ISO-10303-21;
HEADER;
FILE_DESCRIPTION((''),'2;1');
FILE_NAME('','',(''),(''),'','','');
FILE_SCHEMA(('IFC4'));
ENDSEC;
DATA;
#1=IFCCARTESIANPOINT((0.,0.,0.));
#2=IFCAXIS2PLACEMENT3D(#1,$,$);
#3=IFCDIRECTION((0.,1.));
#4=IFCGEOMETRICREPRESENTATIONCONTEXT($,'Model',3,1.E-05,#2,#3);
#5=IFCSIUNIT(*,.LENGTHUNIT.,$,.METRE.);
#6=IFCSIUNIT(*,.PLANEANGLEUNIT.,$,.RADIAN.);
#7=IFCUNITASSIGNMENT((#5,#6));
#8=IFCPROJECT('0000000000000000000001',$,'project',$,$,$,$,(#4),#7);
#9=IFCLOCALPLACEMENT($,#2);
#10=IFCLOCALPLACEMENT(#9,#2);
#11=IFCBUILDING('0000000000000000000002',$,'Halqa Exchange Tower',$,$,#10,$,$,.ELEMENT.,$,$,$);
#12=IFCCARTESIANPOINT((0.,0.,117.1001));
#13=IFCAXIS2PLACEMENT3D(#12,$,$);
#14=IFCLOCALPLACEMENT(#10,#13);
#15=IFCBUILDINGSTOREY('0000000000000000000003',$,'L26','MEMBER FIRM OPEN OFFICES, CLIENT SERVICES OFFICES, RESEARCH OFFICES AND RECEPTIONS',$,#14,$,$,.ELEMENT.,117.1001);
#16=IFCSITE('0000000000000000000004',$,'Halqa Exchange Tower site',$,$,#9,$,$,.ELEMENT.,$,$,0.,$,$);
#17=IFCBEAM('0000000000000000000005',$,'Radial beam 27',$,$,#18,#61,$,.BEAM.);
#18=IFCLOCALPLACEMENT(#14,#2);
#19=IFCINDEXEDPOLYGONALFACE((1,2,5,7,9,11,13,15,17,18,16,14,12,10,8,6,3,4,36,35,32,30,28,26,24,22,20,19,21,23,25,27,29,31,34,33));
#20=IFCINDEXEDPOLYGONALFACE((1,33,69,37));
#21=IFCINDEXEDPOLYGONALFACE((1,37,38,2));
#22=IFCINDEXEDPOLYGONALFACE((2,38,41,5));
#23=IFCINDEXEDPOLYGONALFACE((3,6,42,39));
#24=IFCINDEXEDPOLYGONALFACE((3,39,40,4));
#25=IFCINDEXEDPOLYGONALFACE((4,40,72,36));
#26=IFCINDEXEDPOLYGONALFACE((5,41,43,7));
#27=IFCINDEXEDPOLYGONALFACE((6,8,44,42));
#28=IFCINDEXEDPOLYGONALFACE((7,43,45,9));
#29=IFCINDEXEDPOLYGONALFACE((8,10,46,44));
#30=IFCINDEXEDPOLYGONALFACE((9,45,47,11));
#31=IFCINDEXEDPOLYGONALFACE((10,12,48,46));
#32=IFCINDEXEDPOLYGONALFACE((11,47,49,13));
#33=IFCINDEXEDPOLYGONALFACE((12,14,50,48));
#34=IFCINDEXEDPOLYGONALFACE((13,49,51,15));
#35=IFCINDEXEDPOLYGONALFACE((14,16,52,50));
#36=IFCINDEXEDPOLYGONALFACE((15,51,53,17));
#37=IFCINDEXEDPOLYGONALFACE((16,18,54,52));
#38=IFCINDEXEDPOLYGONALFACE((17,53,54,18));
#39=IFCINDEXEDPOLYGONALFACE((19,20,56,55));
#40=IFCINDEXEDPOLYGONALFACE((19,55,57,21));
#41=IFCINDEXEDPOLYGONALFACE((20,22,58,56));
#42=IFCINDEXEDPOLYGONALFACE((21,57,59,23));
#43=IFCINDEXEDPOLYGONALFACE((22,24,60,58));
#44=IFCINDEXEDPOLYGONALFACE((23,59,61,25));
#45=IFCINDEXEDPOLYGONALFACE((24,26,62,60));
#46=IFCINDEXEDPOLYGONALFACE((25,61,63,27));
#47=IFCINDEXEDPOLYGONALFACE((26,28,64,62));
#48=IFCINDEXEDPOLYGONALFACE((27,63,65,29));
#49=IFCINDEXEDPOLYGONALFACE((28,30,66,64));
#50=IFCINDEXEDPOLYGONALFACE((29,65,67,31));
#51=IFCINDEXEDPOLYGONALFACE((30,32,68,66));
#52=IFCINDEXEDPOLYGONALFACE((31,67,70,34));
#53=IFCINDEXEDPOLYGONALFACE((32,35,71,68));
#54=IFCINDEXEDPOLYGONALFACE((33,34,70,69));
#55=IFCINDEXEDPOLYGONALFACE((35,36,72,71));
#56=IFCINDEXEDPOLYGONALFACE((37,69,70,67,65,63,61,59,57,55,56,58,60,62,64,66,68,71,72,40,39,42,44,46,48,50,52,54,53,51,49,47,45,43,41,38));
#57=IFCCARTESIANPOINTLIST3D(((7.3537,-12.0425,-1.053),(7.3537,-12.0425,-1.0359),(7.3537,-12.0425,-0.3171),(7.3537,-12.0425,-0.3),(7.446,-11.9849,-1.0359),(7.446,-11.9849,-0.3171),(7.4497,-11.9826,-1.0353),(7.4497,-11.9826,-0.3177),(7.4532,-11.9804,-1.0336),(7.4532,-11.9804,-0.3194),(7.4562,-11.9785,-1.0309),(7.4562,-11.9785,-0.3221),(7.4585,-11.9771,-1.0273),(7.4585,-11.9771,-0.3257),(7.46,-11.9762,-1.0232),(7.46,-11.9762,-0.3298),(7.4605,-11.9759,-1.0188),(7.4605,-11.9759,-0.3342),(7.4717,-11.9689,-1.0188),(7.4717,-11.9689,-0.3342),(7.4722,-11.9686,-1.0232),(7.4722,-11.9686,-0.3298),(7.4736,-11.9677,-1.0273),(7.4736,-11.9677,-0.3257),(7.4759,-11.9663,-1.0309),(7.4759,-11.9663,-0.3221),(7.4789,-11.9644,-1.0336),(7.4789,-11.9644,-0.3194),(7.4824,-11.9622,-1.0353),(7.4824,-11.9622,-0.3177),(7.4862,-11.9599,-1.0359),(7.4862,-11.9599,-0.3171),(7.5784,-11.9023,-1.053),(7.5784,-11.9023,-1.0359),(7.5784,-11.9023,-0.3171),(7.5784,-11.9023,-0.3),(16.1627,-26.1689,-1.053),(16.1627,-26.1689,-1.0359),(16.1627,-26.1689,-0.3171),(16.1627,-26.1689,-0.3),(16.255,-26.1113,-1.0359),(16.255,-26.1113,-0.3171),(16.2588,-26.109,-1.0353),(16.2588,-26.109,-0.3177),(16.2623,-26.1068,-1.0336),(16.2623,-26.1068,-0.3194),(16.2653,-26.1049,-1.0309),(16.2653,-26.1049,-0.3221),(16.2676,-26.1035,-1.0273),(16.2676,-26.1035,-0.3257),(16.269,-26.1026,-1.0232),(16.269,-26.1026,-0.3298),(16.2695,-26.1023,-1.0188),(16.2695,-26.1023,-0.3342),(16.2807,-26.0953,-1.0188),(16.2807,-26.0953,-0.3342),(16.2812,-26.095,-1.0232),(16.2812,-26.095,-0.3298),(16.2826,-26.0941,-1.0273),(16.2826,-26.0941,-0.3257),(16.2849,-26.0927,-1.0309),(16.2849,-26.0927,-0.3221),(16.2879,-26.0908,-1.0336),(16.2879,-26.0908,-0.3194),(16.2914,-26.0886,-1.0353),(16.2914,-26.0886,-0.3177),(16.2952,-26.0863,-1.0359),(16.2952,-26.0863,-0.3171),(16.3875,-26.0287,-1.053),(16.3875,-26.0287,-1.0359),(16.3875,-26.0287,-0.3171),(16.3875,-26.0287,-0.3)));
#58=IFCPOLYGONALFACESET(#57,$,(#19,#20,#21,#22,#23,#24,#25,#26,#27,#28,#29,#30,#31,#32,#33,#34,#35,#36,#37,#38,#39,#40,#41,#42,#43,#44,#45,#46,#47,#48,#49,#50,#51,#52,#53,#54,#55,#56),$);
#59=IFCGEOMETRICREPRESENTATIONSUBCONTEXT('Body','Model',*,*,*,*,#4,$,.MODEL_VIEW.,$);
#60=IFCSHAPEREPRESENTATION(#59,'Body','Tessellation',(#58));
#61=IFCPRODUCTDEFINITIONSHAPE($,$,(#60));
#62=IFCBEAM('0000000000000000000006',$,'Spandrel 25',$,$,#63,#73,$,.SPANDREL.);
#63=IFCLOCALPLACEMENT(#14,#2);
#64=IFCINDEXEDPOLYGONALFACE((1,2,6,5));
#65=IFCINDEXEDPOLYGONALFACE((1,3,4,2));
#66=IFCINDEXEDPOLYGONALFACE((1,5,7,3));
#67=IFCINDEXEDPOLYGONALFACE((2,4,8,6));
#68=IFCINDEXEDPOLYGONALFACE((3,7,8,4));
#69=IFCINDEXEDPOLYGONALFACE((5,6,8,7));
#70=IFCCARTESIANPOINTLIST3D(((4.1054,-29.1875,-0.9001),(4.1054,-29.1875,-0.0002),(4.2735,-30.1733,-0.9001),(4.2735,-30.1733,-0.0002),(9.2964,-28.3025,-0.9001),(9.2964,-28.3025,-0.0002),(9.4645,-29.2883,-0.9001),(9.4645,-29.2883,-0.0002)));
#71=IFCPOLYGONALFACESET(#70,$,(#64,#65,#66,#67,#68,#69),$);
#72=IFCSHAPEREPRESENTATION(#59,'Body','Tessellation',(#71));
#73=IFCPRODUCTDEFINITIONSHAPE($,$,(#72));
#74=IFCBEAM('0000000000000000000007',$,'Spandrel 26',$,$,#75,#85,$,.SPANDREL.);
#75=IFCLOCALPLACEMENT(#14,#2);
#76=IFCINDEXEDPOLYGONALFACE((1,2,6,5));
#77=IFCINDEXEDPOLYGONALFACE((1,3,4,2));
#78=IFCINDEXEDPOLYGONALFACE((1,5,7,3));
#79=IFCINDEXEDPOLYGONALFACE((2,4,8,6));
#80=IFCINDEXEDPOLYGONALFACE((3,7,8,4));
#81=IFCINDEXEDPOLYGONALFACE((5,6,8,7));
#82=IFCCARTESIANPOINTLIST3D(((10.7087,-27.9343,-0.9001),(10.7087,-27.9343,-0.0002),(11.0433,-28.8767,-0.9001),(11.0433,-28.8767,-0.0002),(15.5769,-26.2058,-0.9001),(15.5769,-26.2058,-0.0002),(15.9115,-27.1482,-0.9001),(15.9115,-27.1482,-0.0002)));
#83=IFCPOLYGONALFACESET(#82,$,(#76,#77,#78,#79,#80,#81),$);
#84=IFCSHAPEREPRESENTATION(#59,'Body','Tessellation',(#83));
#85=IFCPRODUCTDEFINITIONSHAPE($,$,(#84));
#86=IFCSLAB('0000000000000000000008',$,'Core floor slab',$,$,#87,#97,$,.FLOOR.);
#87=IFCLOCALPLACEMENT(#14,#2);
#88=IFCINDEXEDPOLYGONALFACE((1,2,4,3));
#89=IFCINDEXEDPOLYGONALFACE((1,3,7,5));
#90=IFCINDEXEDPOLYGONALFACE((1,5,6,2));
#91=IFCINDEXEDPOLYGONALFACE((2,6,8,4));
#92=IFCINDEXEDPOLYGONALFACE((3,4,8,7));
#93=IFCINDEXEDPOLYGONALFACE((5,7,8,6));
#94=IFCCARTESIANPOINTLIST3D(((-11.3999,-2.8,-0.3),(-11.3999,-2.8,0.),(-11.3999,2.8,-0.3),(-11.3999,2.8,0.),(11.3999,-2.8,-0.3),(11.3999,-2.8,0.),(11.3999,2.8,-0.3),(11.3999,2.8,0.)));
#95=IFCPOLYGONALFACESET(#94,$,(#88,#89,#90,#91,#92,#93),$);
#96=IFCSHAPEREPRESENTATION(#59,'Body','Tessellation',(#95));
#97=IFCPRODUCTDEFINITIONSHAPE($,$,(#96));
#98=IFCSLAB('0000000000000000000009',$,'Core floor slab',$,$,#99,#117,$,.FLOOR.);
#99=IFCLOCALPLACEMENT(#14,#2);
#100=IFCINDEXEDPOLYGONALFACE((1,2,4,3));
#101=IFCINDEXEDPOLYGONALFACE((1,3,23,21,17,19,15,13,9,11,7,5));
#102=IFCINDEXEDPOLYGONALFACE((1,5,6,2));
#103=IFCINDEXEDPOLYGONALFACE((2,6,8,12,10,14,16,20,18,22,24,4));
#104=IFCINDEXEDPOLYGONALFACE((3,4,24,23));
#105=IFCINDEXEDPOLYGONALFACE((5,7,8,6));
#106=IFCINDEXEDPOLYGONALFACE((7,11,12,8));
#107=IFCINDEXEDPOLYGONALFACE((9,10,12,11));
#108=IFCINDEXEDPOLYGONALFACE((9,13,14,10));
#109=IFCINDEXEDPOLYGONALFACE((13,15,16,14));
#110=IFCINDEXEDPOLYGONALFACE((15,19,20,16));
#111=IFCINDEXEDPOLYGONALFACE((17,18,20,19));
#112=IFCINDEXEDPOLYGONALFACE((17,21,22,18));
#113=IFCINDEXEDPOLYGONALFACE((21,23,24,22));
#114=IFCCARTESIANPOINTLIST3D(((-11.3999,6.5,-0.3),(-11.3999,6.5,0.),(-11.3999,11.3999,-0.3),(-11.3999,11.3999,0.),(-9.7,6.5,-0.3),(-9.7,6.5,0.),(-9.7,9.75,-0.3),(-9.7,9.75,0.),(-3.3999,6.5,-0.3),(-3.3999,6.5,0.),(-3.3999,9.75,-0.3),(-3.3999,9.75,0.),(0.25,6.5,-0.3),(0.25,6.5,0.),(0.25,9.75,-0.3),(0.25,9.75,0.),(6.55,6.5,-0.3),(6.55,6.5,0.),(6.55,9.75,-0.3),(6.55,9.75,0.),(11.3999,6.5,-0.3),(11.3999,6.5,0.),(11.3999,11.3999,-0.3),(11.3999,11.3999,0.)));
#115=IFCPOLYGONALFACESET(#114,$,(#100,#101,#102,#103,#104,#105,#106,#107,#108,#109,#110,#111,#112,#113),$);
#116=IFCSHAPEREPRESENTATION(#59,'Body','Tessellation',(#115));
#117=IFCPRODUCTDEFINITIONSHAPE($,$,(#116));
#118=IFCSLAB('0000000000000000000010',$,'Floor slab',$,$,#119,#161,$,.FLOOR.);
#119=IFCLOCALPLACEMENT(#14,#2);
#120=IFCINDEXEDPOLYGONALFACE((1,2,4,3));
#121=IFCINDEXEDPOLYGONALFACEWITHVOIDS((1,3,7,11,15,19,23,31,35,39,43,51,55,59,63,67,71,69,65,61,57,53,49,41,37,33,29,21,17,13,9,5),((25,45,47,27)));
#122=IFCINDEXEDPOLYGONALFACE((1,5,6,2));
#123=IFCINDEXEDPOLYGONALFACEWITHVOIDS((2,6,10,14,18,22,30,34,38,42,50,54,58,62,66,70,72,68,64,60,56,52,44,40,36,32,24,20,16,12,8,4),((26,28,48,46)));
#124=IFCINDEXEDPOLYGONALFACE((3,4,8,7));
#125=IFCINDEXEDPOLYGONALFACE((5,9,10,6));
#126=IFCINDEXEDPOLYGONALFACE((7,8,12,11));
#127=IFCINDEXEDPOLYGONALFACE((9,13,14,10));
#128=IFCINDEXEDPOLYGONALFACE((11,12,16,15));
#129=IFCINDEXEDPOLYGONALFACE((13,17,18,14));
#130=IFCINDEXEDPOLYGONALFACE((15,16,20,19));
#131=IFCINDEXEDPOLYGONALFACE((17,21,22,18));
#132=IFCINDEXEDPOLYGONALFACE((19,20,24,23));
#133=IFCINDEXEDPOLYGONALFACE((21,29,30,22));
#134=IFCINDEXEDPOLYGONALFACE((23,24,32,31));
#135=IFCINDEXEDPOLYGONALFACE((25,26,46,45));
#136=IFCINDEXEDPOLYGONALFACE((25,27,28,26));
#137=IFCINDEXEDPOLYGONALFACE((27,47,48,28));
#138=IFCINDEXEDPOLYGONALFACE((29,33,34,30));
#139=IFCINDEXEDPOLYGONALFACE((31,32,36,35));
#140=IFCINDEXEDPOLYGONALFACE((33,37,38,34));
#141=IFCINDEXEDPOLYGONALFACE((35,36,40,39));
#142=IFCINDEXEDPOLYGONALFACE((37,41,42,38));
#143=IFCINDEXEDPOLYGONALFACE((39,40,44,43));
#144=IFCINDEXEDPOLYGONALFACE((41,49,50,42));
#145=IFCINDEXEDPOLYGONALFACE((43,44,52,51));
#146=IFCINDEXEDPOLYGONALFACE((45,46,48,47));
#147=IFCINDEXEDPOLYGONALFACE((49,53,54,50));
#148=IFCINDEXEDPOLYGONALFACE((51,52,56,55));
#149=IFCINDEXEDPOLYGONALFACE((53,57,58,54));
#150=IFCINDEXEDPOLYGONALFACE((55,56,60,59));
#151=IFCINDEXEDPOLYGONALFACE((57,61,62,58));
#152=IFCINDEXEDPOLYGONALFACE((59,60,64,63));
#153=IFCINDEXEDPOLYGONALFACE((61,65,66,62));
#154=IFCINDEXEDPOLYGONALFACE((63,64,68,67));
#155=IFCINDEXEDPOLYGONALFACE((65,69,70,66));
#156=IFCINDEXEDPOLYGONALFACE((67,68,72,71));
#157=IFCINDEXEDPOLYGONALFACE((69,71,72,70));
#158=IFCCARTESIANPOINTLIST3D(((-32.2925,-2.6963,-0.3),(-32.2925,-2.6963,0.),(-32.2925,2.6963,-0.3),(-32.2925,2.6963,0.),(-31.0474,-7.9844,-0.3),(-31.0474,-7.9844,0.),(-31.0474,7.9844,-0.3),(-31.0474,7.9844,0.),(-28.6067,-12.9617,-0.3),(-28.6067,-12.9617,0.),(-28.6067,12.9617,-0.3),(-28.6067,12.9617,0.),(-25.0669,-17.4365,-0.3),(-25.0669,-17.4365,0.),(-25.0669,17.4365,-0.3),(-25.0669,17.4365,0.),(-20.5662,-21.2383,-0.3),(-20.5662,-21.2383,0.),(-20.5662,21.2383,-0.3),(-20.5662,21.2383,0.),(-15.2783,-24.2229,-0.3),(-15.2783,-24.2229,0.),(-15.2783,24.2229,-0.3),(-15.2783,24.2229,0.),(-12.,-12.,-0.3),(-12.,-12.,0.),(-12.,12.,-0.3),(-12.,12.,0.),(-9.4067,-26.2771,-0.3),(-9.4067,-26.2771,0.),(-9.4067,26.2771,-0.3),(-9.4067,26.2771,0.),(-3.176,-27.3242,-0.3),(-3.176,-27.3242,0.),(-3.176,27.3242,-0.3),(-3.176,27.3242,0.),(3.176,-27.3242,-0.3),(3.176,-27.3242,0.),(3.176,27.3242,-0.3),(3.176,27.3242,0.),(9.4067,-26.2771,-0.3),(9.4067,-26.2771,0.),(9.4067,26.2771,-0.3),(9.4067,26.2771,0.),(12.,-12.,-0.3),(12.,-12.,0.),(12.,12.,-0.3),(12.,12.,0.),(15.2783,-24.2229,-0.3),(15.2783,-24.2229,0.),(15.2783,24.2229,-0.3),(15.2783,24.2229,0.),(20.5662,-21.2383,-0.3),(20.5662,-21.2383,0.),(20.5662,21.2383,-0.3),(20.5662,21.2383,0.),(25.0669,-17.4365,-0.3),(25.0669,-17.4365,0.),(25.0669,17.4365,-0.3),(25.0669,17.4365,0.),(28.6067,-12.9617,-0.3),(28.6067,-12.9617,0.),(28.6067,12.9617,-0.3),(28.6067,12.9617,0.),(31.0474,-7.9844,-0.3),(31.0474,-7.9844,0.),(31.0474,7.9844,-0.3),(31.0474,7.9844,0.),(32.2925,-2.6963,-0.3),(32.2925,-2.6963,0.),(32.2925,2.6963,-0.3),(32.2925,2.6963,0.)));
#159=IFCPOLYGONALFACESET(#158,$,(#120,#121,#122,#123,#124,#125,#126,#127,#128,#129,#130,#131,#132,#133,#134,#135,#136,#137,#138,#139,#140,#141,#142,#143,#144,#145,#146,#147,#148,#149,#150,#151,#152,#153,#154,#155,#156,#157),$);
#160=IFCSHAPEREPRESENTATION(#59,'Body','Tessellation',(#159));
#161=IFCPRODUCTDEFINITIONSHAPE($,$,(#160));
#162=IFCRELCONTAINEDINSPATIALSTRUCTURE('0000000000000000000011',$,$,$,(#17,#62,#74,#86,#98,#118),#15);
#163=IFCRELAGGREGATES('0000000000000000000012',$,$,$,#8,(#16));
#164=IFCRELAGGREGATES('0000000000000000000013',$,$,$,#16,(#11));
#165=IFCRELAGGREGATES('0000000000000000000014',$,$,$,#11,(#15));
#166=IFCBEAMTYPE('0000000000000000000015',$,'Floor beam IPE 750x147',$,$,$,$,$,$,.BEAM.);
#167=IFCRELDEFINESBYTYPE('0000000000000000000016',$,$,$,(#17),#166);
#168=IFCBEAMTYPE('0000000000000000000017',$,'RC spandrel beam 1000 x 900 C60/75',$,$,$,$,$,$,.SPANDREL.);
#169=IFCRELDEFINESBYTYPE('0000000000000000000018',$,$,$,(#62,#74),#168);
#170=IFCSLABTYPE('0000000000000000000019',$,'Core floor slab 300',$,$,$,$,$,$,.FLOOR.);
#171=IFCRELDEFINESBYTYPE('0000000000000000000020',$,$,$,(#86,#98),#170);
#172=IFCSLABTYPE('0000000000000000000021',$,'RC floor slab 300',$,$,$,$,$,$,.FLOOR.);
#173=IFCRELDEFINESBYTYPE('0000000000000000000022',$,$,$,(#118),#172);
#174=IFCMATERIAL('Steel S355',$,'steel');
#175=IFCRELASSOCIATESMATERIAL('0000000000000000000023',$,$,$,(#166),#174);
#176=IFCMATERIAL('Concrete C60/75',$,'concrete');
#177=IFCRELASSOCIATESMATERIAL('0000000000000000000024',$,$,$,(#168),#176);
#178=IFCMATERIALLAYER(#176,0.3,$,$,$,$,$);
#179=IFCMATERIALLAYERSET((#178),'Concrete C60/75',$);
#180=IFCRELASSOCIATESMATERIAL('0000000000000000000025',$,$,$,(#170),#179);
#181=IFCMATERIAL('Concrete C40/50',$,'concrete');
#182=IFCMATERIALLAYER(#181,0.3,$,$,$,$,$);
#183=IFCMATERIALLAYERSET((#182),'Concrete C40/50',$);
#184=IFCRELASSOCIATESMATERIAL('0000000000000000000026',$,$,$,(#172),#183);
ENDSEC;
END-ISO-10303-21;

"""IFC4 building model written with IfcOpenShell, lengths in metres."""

from ifc_helpers import new_model, si_unit, direction, frame, origin, origin_2d, place, context, subcontext, project, spatial, polyline, rectangle, i_section, outline, extrude, material, layer, layer_set, material_profile, profile_set, type_object, element, save


model = new_model("IFC4")

# Units and contexts
model_context = context("Model", 3, precision=1e-05, world=origin(), true_north=direction((0.0, 1.0)))
body_context = subcontext(model_context, "Body", "Model", "MODEL_VIEW")
ifc_project = project(units=[si_unit("LENGTHUNIT", "METRE"), si_unit("PLANEANGLEUNIT", "RADIAN")], contexts=[model_context])

# Site, building, storey
site_placement = place(None, origin())
site = spatial("IfcSite", under=ifc_project, at=site_placement, Name="Halqa Exchange Tower site", CompositionType="ELEMENT", RefElevation=0.0)
building_placement = place(site_placement, origin())
building = spatial("IfcBuilding", under=site, at=building_placement, Name="Halqa Exchange Tower", CompositionType="ELEMENT")
storey_placement = place(building_placement, frame((0.0, 0.0, 117.1001)))
storey = spatial("IfcBuildingStorey", under=building, at=storey_placement, Name="L26", Description="MEMBER FIRM OPEN OFFICES, CLIENT SERVICES OFFICES, RESEARCH OFFICES AND RECEPTIONS", CompositionType="ELEMENT", Elevation=117.1001)

# Beams
ifc_material_1 = material(Name="Steel S355", Category="steel")
ifc_material_profile_1 = material_profile(ifc_material_1, i_section(OverallWidth=0.2649, OverallDepth=0.7529, WebThickness=0.0132, FlangeThickness=0.0171, FilletRadius=0.0171, at=origin_2d()), Name="IPE 750x147")
ifc_profile_set_1 = profile_set([ifc_material_profile_1], Name="Steel S355")
beam_type_1 = type_object("IfcBeamType", Name="Floor beam IPE 750x147", PredefinedType="BEAM", material=ifc_profile_set_1)
beam_1_placement = place(storey_placement, frame((7.4661, -11.9724, -0.6765), z_axis=(0.529137, -0.848537, 0.0), x_axis=(0.848537, 0.529137, 0.0)))
element("IfcBeam", 1, at=beam_1_placement, inside=storey, type_object=beam_type_1, Name="Radial beam 27", PredefinedType="BEAM", context=body_context, shape_type="SweptSolid", body=[
    extrude(i_section(OverallWidth=0.2649, OverallDepth=0.7529, WebThickness=0.0132, FlangeThickness=0.0171, FilletRadius=0.0171, at=origin_2d()), origin(), (0.0, 0.0, 1.0), 16.6479),
])
ifc_material_2 = material(Name="Concrete C60/75", Category="concrete")
ifc_material_profile_2 = material_profile(ifc_material_2, rectangle(XDim=1.0, YDim=0.8999, at=origin_2d()), Name="1000 x 900")
ifc_profile_set_2 = profile_set([ifc_material_profile_2], Name="Concrete C60/75")
beam_type_2 = type_object("IfcBeamType", Name="RC spandrel beam 1000 x 900 C60/75", PredefinedType="SPANDREL", material=ifc_profile_set_2)
beam_2_placement = place(storey_placement, frame((4.1895, -29.6804, -0.4502), z_axis=(0.985776, 0.168067, 0.0), x_axis=(-0.168067, 0.985776, 0.0)))
element("IfcBeam", 2, at=beam_2_placement, inside=storey, type_object=beam_type_2, Name="Spandrel 25", PredefinedType="SPANDREL", context=body_context, shape_type="SweptSolid", body=[
    extrude(rectangle(XDim=1.0, YDim=0.8999, at=origin_2d()), origin(), (0.0, 0.0, 1.0), 5.2659),
])
beam_3_placement = place(storey_placement, frame((10.876, -28.4055, -0.4502), z_axis=(0.94236, 0.334599, 0.0), x_axis=(-0.334599, 0.94236, 0.0)))
element("IfcBeam", 3, at=beam_3_placement, inside=storey, type_object=beam_type_2, Name="Spandrel 26", PredefinedType="SPANDREL", context=body_context, shape_type="SweptSolid", body=[
    extrude(rectangle(XDim=1.0, YDim=0.8999, at=origin_2d()), origin(), (0.0, 0.0, 1.0), 5.166),
])

# Slabs
ifc_layer_1 = layer(ifc_material_2, 0.3)
ifc_layer_set_1 = layer_set([ifc_layer_1], Name="Concrete C60/75")
slab_type_1 = type_object("IfcSlabType", Name="Core floor slab 300", PredefinedType="FLOOR", material=ifc_layer_set_1)
slab_1_placement = place(storey_placement, frame((0.0, 0.0, -0.3)))
element("IfcSlab", 4, at=slab_1_placement, inside=storey, type_object=slab_type_1, Name="Core floor slab", PredefinedType="FLOOR", context=body_context, shape_type="SweptSolid", body=[
    extrude(outline(polyline([(-11.3999, 2.8), (11.3999, 2.8), (11.3999, -2.8), (-11.3999, -2.8), (-11.3999, 2.8)])), origin(), (0.0, 0.0, 1.0), 0.3),
])
slab_2_placement = place(storey_placement, frame((0.0, 0.0, -0.3)))
element("IfcSlab", 5, at=slab_2_placement, inside=storey, type_object=slab_type_1, Name="Core floor slab", PredefinedType="FLOOR", context=body_context, shape_type="SweptSolid", body=[
    extrude(outline(polyline([(-11.3999, 11.3999), (11.3999, 11.3999), (11.3999, 6.5), (6.55, 6.5), (6.55, 9.75), (0.25, 9.75), (0.25, 6.5), (-3.3999, 6.5), (-3.3999, 9.75), (-9.7, 9.75), (-9.7, 6.5), (-11.3999, 6.5), (-11.3999, 11.3999)])), origin(), (0.0, 0.0, 1.0), 0.3),
])
ifc_material_3 = material(Name="Concrete C40/50", Category="concrete")
ifc_layer_2 = layer(ifc_material_3, 0.3)
ifc_layer_set_2 = layer_set([ifc_layer_2], Name="Concrete C40/50")
slab_type_2 = type_object("IfcSlabType", Name="RC floor slab 300", PredefinedType="FLOOR", material=ifc_layer_set_2)
slab_3_placement = place(storey_placement, frame((0.0, 0.0, -0.3)))
element("IfcSlab", 6, at=slab_3_placement, inside=storey, type_object=slab_type_2, Name="Floor slab", PredefinedType="FLOOR", context=body_context, shape_type="SweptSolid", body=[
    extrude(outline(polyline([(32.2925, 2.6963), (31.0474, 7.9844), (28.6067, 12.9617), (25.0669, 17.4365), (20.5662, 21.2383), (15.2783, 24.2229), (9.4067, 26.2771), (3.176, 27.3242), (-3.176, 27.3242), (-9.4067, 26.2771), (-15.2783, 24.2229), (-20.5662, 21.2383), (-25.0669, 17.4365), (-28.6067, 12.9617), (-31.0474, 7.9844), (-32.2925, 2.6963), (-32.2925, -2.6963), (-31.0474, -7.9844), (-28.6067, -12.9617), (-25.0669, -17.4365), (-20.5662, -21.2383), (-15.2783, -24.2229), (-9.4067, -26.2771), (-3.176, -27.3242), (3.176, -27.3242), (9.4067, -26.2771), (15.2783, -24.2229), (20.5662, -21.2383), (25.0669, -17.4365), (28.6067, -12.9617), (31.0474, -7.9844), (32.2925, -2.6963), (32.2925, 2.6963)]), holes=[polyline([(-12.0, -12.0), (12.0, -12.0), (12.0, 12.0), (-12.0, 12.0), (-12.0, -12.0)])]), origin(), (0.0, 0.0, 1.0), 0.3),
])

save(model, "model.ifc")
